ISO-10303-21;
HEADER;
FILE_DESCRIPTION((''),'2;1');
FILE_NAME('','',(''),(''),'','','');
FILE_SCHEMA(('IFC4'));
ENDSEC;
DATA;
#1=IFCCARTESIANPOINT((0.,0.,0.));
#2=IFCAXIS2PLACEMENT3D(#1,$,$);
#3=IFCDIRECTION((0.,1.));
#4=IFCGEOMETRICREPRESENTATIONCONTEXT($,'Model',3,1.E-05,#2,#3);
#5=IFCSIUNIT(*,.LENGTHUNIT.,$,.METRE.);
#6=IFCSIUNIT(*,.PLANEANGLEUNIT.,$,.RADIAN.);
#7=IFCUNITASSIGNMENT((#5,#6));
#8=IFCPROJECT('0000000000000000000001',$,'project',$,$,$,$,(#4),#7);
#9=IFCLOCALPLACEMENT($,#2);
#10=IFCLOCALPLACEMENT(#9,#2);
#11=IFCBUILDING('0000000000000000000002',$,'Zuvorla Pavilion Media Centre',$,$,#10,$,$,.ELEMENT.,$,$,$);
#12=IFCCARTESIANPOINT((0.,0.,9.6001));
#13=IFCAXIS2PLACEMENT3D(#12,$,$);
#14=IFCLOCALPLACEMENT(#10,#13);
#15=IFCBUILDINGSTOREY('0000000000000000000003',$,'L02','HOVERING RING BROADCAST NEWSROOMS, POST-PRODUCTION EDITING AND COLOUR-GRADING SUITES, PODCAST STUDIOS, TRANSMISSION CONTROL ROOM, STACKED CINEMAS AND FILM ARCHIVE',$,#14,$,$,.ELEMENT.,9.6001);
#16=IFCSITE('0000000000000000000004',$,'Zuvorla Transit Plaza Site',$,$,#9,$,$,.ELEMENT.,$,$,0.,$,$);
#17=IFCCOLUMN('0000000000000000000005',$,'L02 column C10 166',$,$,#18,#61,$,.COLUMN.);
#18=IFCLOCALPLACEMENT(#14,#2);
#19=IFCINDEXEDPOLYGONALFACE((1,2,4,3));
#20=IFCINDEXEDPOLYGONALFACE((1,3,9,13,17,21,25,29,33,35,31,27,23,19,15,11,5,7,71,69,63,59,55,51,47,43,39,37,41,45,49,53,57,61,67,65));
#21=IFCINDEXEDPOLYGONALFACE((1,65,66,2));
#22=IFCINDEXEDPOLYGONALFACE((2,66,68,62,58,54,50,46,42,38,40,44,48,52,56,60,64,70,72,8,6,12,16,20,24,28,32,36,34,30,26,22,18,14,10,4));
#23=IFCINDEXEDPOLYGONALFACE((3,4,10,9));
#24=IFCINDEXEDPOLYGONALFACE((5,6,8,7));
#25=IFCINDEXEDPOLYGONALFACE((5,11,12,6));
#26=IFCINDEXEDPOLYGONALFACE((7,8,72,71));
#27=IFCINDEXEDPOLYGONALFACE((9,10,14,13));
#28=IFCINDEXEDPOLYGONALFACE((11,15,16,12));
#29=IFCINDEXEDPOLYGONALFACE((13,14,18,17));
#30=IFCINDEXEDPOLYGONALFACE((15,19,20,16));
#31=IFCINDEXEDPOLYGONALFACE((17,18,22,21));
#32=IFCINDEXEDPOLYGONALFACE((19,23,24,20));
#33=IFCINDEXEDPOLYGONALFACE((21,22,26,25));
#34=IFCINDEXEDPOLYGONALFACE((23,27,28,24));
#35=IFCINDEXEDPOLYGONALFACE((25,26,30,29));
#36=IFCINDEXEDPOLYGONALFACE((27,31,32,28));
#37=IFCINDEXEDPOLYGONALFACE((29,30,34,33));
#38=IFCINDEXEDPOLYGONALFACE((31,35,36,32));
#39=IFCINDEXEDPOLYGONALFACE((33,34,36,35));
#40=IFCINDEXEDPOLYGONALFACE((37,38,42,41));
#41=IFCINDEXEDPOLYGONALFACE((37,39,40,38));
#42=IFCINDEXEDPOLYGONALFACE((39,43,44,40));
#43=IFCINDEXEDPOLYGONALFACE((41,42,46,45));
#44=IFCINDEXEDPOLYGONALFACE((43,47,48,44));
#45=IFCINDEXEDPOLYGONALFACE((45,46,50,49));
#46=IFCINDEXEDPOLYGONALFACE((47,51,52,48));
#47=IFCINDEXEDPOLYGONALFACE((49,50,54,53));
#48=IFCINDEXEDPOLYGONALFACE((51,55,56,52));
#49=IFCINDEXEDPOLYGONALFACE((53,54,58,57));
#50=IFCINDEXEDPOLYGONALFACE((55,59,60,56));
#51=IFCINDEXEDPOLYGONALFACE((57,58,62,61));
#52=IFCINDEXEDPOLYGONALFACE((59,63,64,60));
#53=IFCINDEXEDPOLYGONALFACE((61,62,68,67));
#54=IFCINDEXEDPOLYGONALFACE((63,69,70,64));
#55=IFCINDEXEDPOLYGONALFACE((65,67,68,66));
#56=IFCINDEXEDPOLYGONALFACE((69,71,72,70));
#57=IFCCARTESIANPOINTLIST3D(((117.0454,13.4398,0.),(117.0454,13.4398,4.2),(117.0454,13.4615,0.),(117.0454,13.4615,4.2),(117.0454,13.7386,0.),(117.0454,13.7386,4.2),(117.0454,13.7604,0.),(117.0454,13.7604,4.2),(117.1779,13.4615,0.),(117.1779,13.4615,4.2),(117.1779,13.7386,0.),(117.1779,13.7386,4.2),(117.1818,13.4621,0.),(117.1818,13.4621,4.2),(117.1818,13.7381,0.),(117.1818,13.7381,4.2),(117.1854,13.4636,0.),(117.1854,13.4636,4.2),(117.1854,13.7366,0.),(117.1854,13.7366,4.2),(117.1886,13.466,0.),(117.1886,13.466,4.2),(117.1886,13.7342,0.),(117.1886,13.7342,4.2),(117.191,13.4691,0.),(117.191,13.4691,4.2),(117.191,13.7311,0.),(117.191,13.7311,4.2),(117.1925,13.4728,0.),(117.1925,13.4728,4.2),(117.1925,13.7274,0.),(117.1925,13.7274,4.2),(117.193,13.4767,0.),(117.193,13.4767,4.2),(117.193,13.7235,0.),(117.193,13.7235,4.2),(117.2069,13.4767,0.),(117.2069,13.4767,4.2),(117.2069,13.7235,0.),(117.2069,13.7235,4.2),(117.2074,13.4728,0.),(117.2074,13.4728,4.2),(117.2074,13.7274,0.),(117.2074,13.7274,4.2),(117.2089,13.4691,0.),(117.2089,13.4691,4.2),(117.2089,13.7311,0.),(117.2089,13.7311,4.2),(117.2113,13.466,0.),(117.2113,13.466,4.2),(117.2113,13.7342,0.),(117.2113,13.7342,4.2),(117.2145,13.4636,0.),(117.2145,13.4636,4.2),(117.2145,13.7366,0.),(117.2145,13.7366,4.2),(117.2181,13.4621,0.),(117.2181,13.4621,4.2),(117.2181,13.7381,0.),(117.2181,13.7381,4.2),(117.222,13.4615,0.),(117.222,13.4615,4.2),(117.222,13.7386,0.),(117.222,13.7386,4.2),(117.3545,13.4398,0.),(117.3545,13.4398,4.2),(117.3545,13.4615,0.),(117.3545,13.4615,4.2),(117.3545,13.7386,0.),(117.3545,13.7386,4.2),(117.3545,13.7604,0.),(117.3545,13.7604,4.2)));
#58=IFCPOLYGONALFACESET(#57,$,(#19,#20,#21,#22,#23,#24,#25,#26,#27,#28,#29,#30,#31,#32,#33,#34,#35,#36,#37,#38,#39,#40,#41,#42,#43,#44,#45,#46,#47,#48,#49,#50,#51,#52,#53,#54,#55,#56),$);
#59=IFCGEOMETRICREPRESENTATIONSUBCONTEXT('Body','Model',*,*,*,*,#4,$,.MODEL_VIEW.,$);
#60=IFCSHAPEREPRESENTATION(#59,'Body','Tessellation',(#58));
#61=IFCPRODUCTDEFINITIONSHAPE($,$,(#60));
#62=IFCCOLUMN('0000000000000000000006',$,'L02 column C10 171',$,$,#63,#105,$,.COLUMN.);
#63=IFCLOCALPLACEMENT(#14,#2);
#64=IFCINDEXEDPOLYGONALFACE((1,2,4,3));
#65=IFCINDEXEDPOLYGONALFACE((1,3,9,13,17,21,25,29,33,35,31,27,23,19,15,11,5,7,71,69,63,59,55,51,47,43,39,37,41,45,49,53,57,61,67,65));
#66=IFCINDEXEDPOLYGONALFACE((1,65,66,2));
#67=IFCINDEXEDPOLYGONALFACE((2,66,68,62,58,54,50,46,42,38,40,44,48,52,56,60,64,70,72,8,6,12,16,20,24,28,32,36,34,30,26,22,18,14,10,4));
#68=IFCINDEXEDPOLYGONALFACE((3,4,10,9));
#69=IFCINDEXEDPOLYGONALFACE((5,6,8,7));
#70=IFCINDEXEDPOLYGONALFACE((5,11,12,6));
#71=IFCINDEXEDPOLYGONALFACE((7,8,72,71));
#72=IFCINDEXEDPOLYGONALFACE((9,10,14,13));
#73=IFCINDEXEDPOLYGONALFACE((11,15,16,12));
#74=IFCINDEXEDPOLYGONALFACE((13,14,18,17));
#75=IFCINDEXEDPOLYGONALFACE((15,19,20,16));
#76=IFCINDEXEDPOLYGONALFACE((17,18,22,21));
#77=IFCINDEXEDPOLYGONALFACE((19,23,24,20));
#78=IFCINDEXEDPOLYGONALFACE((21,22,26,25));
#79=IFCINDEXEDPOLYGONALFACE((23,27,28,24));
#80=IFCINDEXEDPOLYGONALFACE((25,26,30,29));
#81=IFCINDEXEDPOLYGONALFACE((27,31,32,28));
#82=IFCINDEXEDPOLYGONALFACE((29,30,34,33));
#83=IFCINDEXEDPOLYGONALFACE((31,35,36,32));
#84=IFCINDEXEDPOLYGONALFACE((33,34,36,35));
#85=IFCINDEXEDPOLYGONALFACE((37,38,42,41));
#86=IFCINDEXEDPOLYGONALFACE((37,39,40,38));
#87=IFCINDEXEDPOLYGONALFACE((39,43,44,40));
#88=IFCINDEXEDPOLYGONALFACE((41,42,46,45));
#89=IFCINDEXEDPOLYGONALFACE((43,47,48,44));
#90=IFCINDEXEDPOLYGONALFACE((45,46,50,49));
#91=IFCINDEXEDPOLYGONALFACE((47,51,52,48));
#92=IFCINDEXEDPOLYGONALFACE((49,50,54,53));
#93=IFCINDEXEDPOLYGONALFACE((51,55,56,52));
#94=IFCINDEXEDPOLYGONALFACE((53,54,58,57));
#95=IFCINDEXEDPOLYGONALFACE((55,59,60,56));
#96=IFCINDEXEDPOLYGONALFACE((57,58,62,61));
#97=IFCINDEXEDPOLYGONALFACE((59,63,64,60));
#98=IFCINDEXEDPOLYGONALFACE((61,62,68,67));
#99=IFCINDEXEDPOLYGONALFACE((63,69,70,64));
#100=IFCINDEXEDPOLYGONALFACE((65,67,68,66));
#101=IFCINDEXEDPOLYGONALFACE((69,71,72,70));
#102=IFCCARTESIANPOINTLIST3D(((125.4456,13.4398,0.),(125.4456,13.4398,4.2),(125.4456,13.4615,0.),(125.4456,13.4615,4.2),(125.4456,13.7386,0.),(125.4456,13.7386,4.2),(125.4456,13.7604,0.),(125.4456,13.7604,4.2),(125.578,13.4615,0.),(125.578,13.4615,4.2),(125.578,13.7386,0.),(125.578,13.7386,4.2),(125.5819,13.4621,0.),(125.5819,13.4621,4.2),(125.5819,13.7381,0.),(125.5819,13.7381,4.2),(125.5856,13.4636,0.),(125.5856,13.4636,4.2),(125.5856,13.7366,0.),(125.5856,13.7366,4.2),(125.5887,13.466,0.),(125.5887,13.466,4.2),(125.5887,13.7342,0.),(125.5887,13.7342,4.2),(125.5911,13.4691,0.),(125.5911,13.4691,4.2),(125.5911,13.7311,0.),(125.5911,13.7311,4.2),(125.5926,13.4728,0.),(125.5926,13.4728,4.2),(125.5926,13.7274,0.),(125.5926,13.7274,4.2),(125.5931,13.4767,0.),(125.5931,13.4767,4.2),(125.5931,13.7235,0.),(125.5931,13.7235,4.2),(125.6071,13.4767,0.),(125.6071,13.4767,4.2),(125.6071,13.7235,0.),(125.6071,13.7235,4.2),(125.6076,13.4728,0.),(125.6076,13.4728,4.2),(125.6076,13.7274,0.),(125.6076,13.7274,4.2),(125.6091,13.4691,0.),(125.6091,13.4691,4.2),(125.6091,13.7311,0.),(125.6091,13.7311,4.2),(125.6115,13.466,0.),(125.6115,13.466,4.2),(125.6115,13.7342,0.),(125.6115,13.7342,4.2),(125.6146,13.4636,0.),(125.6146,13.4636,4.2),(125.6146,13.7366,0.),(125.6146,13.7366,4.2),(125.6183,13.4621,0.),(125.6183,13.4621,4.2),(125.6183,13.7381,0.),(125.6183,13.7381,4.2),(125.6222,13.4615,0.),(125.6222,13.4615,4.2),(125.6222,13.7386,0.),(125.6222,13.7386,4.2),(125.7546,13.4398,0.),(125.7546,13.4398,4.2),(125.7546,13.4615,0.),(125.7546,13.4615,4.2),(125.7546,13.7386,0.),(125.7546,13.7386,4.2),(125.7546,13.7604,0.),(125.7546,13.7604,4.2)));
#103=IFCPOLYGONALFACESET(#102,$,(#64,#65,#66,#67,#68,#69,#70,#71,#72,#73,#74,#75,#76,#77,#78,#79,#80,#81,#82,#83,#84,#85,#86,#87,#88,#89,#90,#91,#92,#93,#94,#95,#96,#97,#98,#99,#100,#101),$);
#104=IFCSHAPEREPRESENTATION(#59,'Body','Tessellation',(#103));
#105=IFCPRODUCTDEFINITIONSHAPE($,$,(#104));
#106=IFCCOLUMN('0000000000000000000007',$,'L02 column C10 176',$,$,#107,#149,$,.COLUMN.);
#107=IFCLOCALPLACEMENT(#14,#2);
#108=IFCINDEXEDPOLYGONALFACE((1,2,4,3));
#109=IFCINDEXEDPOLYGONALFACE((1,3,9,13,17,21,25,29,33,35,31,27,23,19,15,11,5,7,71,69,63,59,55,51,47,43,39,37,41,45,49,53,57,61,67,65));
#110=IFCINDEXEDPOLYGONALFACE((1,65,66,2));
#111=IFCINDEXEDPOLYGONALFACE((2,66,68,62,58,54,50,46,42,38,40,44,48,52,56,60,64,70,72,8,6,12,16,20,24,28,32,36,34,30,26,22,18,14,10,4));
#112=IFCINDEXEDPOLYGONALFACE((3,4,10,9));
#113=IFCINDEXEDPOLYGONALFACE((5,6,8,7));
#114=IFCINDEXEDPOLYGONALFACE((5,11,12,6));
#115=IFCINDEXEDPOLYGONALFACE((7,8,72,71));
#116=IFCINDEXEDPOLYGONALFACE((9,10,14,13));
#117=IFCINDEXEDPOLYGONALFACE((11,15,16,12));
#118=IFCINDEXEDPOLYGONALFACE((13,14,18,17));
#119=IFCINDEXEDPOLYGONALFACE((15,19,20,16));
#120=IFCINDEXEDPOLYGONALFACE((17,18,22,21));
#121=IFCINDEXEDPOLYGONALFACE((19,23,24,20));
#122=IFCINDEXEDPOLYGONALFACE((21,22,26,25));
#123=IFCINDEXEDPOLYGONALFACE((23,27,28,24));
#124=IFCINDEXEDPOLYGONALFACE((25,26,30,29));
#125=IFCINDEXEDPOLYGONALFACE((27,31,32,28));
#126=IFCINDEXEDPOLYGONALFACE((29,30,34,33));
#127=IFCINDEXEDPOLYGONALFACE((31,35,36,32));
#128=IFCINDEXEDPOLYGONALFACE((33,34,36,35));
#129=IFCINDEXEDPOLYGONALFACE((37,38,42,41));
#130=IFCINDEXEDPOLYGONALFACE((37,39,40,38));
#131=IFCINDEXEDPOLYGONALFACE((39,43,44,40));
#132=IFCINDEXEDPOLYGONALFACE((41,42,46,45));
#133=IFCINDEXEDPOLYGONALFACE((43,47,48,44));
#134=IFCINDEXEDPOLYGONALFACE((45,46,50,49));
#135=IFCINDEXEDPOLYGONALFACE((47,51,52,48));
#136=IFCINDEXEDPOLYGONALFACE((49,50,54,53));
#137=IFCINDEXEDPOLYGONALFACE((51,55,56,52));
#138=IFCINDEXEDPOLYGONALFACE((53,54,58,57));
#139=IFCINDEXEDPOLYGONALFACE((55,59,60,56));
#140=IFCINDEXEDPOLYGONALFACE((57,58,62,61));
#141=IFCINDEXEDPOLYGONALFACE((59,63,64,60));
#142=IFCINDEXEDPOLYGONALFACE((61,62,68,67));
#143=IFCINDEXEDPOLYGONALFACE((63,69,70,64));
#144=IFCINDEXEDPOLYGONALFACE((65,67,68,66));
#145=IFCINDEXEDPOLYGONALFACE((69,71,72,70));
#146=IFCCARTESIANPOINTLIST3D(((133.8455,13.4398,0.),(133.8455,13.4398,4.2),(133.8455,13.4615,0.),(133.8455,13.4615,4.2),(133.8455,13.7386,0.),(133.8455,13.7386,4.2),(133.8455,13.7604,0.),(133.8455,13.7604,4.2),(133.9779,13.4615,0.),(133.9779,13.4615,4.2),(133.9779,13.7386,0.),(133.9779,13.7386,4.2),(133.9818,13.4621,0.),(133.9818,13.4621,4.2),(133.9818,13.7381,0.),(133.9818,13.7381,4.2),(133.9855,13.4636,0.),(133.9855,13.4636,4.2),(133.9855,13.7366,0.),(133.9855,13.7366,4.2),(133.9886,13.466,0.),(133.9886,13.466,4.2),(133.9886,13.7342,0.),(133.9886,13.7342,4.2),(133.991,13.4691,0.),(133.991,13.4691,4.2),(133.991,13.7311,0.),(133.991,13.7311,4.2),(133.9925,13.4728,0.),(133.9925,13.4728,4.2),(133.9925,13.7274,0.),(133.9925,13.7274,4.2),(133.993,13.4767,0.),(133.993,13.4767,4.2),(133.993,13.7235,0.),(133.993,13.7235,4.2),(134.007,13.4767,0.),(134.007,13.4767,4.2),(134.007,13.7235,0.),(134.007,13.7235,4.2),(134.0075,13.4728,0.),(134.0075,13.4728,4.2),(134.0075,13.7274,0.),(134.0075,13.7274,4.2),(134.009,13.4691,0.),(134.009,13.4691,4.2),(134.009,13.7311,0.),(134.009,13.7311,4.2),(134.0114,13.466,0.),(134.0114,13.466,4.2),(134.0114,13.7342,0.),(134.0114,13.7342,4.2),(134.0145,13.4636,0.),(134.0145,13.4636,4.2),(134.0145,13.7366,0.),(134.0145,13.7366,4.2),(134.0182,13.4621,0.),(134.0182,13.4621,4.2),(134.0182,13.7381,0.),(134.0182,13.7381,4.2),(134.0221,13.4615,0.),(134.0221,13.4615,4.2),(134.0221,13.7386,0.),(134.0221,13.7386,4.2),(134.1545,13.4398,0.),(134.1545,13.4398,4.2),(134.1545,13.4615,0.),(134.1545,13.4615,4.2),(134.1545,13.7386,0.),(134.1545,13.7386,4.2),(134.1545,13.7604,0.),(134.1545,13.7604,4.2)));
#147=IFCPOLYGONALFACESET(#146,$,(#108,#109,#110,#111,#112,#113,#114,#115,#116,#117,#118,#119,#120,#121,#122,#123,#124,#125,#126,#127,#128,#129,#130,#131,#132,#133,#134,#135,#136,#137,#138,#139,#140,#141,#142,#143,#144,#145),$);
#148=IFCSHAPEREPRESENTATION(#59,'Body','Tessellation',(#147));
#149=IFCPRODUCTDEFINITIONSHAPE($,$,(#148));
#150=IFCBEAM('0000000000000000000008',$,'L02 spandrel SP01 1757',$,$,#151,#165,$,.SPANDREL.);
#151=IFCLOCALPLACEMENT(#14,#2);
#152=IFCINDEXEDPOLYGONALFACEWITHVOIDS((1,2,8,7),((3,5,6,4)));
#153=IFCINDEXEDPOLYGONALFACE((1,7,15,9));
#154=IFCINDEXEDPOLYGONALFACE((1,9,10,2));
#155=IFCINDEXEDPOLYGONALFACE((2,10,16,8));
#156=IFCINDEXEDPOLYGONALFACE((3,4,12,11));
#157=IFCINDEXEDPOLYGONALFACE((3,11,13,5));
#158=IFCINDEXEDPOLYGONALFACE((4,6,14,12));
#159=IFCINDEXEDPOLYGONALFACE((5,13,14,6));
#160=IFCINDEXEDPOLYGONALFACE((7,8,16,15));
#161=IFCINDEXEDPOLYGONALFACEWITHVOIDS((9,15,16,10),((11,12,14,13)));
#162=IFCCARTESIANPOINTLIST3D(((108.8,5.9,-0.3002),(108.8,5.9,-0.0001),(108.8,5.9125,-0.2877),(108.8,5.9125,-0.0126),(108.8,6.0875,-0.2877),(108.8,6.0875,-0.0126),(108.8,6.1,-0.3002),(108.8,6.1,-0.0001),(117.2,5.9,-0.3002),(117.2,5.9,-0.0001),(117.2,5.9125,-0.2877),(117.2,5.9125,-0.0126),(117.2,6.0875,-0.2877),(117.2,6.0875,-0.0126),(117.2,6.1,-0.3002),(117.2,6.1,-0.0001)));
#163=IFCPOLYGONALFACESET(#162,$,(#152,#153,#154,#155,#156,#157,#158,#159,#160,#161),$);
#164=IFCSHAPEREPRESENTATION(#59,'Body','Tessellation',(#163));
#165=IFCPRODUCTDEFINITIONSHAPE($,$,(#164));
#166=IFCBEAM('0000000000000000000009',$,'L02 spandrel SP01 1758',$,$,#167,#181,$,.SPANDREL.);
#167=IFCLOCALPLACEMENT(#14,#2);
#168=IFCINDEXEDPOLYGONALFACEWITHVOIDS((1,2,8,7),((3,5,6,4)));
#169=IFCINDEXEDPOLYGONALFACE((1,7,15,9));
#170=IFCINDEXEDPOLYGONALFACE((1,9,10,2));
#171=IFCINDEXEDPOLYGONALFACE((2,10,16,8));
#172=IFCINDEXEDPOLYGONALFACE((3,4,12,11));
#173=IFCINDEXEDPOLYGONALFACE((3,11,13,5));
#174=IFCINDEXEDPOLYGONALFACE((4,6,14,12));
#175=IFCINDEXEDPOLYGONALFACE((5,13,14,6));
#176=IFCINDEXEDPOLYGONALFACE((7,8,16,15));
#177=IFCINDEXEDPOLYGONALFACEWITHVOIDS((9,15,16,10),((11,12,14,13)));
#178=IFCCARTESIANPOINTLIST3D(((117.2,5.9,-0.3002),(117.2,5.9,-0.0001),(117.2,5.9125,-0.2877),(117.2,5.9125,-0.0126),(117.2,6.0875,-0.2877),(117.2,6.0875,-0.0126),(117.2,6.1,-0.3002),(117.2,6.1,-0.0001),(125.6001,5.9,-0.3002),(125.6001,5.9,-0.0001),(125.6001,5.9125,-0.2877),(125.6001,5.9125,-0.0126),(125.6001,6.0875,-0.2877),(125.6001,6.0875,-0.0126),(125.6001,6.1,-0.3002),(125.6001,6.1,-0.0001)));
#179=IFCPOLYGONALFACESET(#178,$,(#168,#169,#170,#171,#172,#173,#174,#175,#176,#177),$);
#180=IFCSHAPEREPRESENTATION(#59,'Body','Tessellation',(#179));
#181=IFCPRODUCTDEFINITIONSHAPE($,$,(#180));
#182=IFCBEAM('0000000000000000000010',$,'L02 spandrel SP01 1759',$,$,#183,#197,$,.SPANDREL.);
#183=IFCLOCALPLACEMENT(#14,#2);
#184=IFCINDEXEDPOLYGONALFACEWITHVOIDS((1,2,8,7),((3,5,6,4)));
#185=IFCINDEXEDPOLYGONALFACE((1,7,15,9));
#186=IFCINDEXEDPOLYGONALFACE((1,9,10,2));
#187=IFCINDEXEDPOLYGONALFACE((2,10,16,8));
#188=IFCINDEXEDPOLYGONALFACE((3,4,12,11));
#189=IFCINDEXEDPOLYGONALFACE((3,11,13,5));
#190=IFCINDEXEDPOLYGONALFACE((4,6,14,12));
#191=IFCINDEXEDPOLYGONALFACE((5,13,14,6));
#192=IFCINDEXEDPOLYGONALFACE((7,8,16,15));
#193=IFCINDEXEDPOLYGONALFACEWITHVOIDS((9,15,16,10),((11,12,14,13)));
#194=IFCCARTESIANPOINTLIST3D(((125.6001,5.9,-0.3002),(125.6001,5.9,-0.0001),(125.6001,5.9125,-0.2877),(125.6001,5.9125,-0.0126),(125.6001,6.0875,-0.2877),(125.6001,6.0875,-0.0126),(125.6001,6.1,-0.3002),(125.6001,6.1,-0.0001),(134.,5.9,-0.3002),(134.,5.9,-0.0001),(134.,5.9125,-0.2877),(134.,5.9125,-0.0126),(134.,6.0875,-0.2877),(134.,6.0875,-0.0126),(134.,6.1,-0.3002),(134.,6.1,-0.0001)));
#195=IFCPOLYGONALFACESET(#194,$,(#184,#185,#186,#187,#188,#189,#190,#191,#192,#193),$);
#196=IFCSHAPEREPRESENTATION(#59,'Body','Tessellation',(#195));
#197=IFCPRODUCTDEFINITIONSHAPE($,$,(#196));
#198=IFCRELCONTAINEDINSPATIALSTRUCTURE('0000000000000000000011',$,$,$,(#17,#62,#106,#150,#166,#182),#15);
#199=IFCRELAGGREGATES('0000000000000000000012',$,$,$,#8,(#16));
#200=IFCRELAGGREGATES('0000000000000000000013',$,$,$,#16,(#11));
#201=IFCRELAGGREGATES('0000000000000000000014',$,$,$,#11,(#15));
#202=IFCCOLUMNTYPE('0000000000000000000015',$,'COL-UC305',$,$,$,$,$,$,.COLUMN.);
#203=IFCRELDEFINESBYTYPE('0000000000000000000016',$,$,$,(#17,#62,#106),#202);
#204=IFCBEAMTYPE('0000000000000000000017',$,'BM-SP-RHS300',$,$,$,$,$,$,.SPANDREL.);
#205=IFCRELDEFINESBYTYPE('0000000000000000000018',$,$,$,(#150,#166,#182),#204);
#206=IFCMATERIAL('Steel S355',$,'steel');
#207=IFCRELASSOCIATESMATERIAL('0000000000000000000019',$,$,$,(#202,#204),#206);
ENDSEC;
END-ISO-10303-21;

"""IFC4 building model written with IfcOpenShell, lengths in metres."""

from ifc_helpers import new_model, si_unit, direction, frame, origin, origin_2d, place, context, subcontext, project, spatial, hollow_rectangle, i_section, extrude, material, material_profile, profile_set, type_object, element, save


model = new_model("IFC4")

# Units and contexts
model_context = context("Model", 3, precision=1e-05, world=origin(), true_north=direction((0.0, 1.0)))
body_context = subcontext(model_context, "Body", "Model", "MODEL_VIEW")
ifc_project = project(units=[si_unit("LENGTHUNIT", "METRE"), si_unit("PLANEANGLEUNIT", "RADIAN")], contexts=[model_context])

# Site, building, storey
site_placement = place(None, origin())
site = spatial("IfcSite", under=ifc_project, at=site_placement, Name="Zuvorla Transit Plaza Site", CompositionType="ELEMENT", RefElevation=0.0)
building_placement = place(site_placement, origin())
building = spatial("IfcBuilding", under=site, at=building_placement, Name="Zuvorla Pavilion Media Centre", CompositionType="ELEMENT")
storey_placement = place(building_placement, frame((0.0, 0.0, 9.6001)))
storey = spatial("IfcBuildingStorey", under=building, at=storey_placement, Name="L02", Description="HOVERING RING BROADCAST NEWSROOMS, POST-PRODUCTION EDITING AND COLOUR-GRADING SUITES, PODCAST STUDIOS, TRANSMISSION CONTROL ROOM, STACKED CINEMAS AND FILM ARCHIVE", CompositionType="ELEMENT", Elevation=9.6001)

# Columns
ifc_material_1 = material(Name="Steel S355", Category="steel")
ifc_material_profile_1 = material_profile(ifc_material_1, i_section(OverallWidth=0.3091, OverallDepth=0.3206, WebThickness=0.0139, FlangeThickness=0.0217, FilletRadius=0.0151, at=origin_2d()), Name="UC 305x305x137")
ifc_profile_set_1 = profile_set([ifc_material_profile_1], Name="Steel S355")
column_type_1 = type_object("IfcColumnType", Name="COL-UC305", PredefinedType="COLUMN", material=ifc_profile_set_1)
for number, where, z_axis, x_axis, name in (
    (1, (117.2, 13.6001, 0.0), (0.0, 0.0, 1.0), (1.0, 0.0, 0.0), "L02 column C10 166"),
    (2, (125.6001, 13.6001, 0.0), (0.0, 0.0, 1.0), (1.0, 0.0, 0.0), "L02 column C10 171"),
    (3, (134.0, 13.6001, 0.0), (0.0, 0.0, 1.0), (1.0, 0.0, 0.0), "L02 column C10 176"),
):
    element("IfcColumn", number, at=place(storey_placement, frame(where, z_axis=z_axis, x_axis=x_axis)), inside=storey, type_object=column_type_1, Name=name, PredefinedType="COLUMN", context=body_context, shape_type="SweptSolid", body=[
        extrude(i_section(OverallWidth=0.3091, OverallDepth=0.3206, WebThickness=0.0139, FlangeThickness=0.0217, FilletRadius=0.0151, at=origin_2d()), origin(), (0.0, 0.0, 1.0), 4.2),
    ])

# Beams
ifc_material_profile_2 = material_profile(ifc_material_1, hollow_rectangle(XDim=0.2, YDim=0.3, WallThickness=0.0125, at=origin_2d()), Name="RHS 300x200x12.5")
ifc_profile_set_2 = profile_set([ifc_material_profile_2], Name="Steel S355")
beam_type_1 = type_object("IfcBeamType", Name="BM-SP-RHS300", PredefinedType="SPANDREL", material=ifc_profile_set_2)
beam_1_placement = place(storey_placement, frame((108.8, 6.0, -0.1501), z_axis=(1.0, 0.0, 0.0), x_axis=(0.0, 1.0, 0.0)))
element("IfcBeam", 4, at=beam_1_placement, inside=storey, type_object=beam_type_1, Name="L02 spandrel SP01 1757", PredefinedType="SPANDREL", context=body_context, shape_type="SweptSolid", body=[
    extrude(hollow_rectangle(XDim=0.2, YDim=0.3, WallThickness=0.0125, at=origin_2d()), origin(), (0.0, 0.0, 1.0), 8.3999),
])
beam_2_placement = place(storey_placement, frame((117.2, 6.0, -0.1501), z_axis=(1.0, 0.0, 0.0), x_axis=(0.0, 1.0, 0.0)))
element("IfcBeam", 5, at=beam_2_placement, inside=storey, type_object=beam_type_1, Name="L02 spandrel SP01 1758", PredefinedType="SPANDREL", context=body_context, shape_type="SweptSolid", body=[
    extrude(hollow_rectangle(XDim=0.2, YDim=0.3, WallThickness=0.0125, at=origin_2d()), origin(), (0.0, 0.0, 1.0), 8.4001),
])
for number, where, z_axis, x_axis, name in (
    (6, (125.6001, 6.0, -0.1501), (1.0, 0.0, 0.0), (0.0, 1.0, 0.0), "L02 spandrel SP01 1759"),
):
    element("IfcBeam", number, at=place(storey_placement, frame(where, z_axis=z_axis, x_axis=x_axis)), inside=storey, type_object=beam_type_1, Name=name, PredefinedType="SPANDREL", context=body_context, shape_type="SweptSolid", body=[
        extrude(hollow_rectangle(XDim=0.2, YDim=0.3, WallThickness=0.0125, at=origin_2d()), origin(), (0.0, 0.0, 1.0), 8.3999),
    ])

save(model, "model.ifc")
